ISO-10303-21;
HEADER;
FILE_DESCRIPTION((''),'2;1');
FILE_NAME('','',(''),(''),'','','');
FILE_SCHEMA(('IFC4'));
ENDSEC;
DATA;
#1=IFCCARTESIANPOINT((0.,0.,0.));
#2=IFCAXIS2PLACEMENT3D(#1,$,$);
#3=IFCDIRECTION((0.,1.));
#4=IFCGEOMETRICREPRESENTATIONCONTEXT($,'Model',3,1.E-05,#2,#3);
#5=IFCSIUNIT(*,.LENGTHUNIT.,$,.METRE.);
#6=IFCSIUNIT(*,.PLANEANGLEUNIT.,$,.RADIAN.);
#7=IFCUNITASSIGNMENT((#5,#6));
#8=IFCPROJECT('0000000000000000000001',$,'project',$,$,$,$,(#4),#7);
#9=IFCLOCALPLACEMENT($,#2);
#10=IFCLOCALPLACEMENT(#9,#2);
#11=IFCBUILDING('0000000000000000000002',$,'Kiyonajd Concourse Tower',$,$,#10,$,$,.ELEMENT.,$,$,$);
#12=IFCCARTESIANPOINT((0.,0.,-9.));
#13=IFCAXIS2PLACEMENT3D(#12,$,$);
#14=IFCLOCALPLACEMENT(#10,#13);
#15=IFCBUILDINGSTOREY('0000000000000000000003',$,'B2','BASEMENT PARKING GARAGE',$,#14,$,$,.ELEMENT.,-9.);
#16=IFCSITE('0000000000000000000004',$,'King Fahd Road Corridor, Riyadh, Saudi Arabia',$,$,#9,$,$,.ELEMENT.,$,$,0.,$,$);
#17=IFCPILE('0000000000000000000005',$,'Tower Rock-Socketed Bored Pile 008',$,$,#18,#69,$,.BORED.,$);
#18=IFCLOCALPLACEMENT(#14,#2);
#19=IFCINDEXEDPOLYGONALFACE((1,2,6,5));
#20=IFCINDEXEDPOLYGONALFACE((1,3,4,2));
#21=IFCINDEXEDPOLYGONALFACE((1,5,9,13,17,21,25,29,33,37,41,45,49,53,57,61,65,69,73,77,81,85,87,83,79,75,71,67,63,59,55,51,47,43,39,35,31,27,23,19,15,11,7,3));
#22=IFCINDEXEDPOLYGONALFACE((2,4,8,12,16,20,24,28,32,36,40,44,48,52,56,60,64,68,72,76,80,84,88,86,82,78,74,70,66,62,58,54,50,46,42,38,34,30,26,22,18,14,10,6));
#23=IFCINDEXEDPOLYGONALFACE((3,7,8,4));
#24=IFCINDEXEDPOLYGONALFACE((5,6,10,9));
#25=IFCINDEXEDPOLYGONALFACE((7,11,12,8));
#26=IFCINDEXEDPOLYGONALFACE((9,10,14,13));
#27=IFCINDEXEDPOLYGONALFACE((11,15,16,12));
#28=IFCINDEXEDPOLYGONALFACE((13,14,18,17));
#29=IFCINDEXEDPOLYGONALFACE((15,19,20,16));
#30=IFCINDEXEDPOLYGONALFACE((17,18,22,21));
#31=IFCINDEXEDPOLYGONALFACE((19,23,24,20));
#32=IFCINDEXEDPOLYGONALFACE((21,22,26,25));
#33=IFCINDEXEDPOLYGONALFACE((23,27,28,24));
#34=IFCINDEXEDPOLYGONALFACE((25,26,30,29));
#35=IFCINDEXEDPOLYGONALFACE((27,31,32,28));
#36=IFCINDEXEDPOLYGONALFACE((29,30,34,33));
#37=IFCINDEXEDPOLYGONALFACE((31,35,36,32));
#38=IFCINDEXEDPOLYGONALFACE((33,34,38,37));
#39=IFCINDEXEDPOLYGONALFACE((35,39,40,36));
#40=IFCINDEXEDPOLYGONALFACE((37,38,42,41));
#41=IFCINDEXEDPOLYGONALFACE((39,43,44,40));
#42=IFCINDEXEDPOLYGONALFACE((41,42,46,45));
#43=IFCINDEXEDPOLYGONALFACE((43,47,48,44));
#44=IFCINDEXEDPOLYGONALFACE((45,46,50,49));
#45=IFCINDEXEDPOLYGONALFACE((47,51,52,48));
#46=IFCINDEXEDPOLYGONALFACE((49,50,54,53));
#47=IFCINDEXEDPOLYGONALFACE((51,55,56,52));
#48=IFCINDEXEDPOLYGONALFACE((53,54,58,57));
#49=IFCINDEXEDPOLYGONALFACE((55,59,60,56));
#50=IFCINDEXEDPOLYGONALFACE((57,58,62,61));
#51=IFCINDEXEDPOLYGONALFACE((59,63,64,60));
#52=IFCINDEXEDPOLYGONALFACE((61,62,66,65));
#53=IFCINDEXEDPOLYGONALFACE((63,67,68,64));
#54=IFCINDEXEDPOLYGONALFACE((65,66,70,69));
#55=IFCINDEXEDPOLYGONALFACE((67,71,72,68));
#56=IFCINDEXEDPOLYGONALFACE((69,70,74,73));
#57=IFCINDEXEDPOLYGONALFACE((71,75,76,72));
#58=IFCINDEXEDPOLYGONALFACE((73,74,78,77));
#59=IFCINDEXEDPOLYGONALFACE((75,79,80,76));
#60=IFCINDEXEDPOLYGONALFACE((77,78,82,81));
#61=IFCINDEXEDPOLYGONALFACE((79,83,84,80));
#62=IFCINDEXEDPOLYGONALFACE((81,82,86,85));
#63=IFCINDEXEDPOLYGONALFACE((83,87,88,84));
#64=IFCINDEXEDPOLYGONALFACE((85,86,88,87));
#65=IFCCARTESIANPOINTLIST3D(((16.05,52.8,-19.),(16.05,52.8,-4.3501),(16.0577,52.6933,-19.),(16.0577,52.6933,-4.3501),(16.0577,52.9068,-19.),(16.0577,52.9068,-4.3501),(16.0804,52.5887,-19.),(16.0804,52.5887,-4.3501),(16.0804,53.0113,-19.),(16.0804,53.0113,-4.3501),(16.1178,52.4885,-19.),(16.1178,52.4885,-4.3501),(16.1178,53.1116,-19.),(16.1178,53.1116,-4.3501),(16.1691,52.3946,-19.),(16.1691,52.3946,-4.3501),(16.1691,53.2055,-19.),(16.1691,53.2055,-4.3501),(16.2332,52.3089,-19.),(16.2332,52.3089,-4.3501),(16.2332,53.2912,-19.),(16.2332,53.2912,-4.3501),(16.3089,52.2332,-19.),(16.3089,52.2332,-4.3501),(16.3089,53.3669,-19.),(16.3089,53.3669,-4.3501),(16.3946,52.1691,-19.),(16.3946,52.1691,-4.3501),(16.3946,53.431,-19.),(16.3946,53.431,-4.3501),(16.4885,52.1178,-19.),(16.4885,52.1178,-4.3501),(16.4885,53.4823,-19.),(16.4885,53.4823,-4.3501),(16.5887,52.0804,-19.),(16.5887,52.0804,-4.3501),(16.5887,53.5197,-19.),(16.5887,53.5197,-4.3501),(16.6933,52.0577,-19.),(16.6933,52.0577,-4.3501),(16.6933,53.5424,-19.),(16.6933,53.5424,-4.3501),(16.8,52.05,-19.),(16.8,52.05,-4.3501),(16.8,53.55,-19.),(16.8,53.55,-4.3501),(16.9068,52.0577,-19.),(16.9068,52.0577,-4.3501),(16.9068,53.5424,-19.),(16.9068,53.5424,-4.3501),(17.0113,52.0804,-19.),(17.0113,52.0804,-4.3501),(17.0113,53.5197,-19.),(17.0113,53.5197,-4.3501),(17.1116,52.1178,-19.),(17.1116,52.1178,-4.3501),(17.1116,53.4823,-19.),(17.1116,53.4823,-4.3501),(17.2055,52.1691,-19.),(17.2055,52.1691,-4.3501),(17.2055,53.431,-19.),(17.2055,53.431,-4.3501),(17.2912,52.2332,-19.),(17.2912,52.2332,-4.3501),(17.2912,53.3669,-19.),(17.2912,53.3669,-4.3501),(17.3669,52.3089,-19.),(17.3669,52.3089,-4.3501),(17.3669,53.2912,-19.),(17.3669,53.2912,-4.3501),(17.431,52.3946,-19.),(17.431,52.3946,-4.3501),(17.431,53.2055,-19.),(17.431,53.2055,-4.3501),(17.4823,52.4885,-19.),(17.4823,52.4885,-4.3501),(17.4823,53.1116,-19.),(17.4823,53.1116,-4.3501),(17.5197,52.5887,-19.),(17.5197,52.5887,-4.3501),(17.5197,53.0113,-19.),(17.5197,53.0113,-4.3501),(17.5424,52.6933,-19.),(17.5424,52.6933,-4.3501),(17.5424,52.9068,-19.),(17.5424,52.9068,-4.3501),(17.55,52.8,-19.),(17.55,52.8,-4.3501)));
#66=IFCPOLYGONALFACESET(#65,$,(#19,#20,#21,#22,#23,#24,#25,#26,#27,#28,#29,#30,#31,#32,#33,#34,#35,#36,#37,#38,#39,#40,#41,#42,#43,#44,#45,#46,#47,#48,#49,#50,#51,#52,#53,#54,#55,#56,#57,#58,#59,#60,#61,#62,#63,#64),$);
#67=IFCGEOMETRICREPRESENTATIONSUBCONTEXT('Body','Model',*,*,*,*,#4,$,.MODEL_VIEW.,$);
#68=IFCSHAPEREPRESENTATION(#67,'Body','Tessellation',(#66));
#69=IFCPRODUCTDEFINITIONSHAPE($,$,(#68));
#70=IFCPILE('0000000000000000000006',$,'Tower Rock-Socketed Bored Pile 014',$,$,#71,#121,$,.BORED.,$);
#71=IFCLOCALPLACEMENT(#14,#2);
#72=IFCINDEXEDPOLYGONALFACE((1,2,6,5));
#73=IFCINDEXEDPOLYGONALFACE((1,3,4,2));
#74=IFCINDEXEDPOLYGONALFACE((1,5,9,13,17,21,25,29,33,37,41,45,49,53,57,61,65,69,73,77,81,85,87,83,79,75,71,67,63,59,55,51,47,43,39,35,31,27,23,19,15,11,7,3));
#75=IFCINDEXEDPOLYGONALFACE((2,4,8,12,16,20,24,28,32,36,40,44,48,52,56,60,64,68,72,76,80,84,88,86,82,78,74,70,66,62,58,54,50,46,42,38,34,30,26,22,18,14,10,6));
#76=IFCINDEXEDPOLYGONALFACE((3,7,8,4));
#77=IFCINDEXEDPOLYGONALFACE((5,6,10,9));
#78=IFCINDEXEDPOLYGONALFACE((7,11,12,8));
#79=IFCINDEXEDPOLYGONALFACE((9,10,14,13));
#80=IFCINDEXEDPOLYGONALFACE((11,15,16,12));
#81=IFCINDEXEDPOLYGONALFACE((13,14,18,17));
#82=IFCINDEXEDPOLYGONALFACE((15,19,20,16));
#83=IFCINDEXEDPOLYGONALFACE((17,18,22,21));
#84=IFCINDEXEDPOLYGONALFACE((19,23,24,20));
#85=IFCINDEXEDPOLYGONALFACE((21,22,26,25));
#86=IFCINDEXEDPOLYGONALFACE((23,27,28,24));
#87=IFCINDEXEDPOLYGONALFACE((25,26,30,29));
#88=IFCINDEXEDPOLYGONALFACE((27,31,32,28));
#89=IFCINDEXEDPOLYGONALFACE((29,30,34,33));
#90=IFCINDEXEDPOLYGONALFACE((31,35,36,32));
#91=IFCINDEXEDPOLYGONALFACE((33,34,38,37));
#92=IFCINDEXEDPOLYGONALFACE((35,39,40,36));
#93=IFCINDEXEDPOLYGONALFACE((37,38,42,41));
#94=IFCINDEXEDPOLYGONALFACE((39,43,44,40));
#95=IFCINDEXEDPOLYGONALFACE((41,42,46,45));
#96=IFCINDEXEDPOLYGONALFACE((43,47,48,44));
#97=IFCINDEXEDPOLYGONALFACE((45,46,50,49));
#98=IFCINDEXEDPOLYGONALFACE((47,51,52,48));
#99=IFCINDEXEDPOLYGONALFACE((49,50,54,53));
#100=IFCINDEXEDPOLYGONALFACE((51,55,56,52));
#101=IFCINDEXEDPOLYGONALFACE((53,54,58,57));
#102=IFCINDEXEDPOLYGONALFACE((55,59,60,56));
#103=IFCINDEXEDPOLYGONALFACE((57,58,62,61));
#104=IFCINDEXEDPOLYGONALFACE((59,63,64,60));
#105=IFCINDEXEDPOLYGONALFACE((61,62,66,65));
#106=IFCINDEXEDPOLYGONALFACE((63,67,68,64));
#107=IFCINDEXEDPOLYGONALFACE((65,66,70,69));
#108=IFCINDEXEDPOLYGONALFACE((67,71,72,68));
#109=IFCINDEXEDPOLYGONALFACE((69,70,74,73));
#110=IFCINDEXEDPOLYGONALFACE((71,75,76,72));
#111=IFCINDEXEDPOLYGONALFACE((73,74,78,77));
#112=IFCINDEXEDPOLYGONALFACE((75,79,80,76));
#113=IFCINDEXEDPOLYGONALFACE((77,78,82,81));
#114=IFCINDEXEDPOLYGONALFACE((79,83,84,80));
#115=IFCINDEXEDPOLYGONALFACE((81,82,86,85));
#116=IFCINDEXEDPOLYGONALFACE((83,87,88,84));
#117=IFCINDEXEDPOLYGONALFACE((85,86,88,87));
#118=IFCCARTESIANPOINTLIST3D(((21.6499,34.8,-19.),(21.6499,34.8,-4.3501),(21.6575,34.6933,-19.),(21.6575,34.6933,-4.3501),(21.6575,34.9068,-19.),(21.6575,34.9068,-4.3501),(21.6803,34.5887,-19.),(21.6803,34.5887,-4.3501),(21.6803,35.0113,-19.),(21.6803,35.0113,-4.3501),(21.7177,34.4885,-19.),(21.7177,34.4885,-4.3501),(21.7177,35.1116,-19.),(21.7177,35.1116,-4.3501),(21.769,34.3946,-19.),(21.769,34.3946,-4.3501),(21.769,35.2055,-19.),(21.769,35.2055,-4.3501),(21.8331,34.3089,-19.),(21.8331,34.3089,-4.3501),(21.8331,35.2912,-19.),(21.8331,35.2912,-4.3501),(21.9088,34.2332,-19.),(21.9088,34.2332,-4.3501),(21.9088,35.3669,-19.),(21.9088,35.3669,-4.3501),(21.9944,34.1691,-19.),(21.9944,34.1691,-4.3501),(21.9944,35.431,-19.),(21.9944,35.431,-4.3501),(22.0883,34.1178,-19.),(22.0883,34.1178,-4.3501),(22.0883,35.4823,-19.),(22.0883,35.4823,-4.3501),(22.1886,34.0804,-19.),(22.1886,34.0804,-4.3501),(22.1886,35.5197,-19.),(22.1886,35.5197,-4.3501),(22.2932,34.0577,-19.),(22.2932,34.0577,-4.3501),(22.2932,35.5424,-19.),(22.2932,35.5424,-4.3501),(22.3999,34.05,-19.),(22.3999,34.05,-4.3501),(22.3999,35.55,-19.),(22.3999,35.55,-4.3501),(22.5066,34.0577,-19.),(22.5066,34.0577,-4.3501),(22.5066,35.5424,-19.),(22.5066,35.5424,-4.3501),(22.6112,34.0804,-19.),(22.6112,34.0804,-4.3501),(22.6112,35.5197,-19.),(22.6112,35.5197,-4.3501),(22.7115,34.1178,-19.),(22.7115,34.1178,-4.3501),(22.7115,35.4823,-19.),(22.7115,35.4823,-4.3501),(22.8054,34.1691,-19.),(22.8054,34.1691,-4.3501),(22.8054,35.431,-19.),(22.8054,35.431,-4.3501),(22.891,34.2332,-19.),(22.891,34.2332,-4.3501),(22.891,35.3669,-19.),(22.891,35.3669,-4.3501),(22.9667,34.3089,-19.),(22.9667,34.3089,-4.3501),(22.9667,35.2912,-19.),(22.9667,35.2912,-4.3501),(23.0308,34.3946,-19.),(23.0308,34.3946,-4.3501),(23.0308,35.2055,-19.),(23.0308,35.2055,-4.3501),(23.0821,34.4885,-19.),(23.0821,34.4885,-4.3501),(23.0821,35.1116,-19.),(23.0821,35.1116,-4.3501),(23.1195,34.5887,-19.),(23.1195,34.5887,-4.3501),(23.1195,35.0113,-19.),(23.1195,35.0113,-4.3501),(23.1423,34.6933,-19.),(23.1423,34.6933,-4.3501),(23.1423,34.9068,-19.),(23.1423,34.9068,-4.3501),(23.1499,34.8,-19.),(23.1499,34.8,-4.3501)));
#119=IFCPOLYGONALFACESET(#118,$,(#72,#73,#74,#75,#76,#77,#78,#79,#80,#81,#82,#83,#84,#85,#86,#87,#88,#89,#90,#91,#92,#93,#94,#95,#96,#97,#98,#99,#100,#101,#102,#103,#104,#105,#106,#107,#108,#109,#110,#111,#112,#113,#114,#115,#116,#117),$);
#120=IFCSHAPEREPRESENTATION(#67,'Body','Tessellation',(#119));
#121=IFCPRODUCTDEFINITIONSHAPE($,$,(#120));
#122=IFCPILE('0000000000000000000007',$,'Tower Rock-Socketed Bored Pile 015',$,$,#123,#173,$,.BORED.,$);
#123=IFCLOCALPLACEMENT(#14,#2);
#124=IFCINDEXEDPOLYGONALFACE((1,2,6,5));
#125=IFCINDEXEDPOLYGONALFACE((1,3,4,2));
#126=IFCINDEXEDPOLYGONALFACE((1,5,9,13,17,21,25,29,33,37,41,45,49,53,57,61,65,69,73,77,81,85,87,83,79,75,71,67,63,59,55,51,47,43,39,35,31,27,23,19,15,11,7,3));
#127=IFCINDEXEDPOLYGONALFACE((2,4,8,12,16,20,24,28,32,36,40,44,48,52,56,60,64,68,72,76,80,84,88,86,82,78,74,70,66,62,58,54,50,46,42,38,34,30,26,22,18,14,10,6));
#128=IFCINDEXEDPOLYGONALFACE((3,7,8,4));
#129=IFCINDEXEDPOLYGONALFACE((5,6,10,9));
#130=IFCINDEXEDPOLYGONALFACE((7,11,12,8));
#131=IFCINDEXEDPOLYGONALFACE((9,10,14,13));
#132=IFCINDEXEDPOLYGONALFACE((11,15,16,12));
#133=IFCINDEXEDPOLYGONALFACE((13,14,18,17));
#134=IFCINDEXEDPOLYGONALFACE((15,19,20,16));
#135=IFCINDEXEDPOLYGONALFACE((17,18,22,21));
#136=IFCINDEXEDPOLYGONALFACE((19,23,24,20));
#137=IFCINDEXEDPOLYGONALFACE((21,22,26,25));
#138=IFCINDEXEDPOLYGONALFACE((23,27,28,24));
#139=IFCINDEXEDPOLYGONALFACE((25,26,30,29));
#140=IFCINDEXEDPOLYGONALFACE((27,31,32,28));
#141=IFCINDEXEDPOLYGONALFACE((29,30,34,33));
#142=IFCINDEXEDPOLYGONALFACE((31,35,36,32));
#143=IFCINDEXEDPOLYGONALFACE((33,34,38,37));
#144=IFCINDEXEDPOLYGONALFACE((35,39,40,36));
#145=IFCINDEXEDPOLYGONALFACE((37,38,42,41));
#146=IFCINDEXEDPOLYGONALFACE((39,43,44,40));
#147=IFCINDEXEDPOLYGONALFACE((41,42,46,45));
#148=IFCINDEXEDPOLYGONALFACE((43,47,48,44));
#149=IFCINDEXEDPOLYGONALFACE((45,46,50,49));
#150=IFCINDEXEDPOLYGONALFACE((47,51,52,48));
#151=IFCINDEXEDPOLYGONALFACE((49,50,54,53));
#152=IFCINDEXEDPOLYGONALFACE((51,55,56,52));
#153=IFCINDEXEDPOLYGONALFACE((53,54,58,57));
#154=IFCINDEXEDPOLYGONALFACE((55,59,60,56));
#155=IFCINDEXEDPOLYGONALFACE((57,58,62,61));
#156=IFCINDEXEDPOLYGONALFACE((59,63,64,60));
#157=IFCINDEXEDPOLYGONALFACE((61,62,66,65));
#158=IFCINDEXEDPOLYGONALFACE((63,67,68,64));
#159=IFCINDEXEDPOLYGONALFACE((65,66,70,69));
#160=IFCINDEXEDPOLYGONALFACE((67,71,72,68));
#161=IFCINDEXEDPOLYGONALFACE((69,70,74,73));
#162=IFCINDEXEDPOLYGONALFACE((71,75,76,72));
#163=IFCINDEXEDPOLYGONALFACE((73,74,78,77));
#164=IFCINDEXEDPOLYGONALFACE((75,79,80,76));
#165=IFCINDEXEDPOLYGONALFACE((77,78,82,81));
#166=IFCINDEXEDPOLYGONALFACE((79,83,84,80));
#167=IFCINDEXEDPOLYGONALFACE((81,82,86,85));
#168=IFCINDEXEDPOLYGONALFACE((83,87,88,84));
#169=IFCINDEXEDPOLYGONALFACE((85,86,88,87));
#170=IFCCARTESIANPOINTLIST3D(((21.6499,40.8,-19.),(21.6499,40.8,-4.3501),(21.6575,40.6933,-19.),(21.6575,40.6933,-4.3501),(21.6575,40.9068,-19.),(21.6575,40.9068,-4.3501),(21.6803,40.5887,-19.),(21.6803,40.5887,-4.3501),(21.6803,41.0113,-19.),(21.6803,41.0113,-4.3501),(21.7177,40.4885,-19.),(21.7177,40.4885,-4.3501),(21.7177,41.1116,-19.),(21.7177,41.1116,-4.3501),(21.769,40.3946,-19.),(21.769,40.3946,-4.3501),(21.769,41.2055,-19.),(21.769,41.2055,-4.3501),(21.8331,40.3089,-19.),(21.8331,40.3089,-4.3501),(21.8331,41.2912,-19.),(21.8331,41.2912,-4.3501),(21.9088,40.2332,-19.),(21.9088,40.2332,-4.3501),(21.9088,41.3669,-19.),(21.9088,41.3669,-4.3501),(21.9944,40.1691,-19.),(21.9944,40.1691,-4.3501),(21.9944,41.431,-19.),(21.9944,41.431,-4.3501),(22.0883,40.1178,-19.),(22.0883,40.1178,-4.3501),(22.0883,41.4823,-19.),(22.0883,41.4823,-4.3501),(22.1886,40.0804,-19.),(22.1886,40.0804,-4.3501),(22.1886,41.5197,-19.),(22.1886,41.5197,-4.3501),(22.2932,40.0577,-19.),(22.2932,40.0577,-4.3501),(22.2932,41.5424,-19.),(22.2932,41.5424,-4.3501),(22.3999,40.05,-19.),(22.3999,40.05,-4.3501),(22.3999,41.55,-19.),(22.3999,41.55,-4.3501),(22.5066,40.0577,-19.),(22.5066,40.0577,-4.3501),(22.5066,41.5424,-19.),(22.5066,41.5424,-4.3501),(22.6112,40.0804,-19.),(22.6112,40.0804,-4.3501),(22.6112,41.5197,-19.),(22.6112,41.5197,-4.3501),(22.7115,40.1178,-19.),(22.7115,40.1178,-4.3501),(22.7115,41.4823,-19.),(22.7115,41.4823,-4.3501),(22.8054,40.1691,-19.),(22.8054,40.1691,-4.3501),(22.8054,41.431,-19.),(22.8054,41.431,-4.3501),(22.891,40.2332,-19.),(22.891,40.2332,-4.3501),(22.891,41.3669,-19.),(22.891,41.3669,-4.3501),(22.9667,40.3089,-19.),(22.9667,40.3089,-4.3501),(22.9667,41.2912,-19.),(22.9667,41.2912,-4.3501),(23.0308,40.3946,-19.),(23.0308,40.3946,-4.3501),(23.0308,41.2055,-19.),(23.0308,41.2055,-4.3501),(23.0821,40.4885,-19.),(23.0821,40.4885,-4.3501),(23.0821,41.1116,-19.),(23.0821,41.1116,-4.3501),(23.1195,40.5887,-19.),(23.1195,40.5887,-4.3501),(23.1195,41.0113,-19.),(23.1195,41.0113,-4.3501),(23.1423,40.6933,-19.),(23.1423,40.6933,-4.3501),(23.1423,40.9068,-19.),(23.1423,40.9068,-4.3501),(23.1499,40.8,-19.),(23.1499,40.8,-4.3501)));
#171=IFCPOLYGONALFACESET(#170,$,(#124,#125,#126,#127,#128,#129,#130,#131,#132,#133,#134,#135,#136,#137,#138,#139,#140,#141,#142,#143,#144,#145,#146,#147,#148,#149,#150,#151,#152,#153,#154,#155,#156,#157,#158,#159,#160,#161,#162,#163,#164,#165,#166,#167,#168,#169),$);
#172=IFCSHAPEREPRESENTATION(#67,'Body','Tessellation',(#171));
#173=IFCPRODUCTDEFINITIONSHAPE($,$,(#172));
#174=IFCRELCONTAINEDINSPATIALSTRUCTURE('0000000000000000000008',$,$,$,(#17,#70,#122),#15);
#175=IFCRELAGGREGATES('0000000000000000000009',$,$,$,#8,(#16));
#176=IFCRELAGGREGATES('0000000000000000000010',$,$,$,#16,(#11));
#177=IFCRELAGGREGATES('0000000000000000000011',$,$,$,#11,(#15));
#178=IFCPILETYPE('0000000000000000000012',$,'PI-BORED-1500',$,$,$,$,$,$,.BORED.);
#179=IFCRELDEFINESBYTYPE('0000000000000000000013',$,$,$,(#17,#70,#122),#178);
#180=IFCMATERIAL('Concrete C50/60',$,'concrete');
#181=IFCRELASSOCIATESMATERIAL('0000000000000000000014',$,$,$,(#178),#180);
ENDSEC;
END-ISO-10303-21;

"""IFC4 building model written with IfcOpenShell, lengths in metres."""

from ifc_helpers import new_model, si_unit, direction, frame, origin, origin_2d, place, context, subcontext, project, spatial, circle, extrude, material, material_profile, profile_set, type_object, element, save


model = new_model("IFC4")

# Units and contexts
model_context = context("Model", 3, precision=1e-05, world=origin(), true_north=direction((0.0, 1.0)))
body_context = subcontext(model_context, "Body", "Model", "MODEL_VIEW")
ifc_project = project(units=[si_unit("LENGTHUNIT", "METRE"), si_unit("PLANEANGLEUNIT", "RADIAN")], contexts=[model_context])

# Site, building, storey
site_placement = place(None, origin())
site = spatial("IfcSite", under=ifc_project, at=site_placement, Name="King Fahd Road Corridor, Riyadh, Saudi Arabia", CompositionType="ELEMENT", RefElevation=0.0)
building_placement = place(site_placement, origin())
building = spatial("IfcBuilding", under=site, at=building_placement, Name="Kiyonajd Concourse Tower", CompositionType="ELEMENT")
storey_placement = place(building_placement, frame((0.0, 0.0, -9.0)))
storey = spatial("IfcBuildingStorey", under=building, at=storey_placement, Name="B2", Description="BASEMENT PARKING GARAGE", CompositionType="ELEMENT", Elevation=-9.0)

# Shared definitions
ifc_material_1 = material(Name="Concrete C50/60", Category="concrete")

# Piles
ifc_material_profile_1 = material_profile(ifc_material_1, circle(Radius=0.75, at=origin_2d()), Name="PILE-D1500")
ifc_profile_set_1 = profile_set([ifc_material_profile_1], Name="Concrete C50/60")
pile_type = type_object("IfcPileType", Name="PI-BORED-1500", PredefinedType="BORED", material=ifc_profile_set_1)
for number, where, z_axis, x_axis, name in (
    (1, (16.8, 52.8, -4.3501), (0.0, 0.0, -1.0), (1.0, 0.0, 0.0), "Tower Rock-Socketed Bored Pile 008"),
    (2, (22.3999, 34.8, -4.3501), (0.0, 0.0, -1.0), (1.0, 0.0, 0.0), "Tower Rock-Socketed Bored Pile 014"),
    (3, (22.3999, 40.8, -4.3501), (0.0, 0.0, -1.0), (1.0, 0.0, 0.0), "Tower Rock-Socketed Bored Pile 015"),
):
    element("IfcPile", number, at=place(storey_placement, frame(where, z_axis=z_axis, x_axis=x_axis)), inside=storey, type_object=pile_type, Name=name, PredefinedType="BORED", context=body_context, shape_type="SweptSolid", body=[
        extrude(circle(Radius=0.75, at=origin_2d()), origin(), (0.0, 0.0, 1.0), 14.6499),
    ])

save(model, "model.ifc")
